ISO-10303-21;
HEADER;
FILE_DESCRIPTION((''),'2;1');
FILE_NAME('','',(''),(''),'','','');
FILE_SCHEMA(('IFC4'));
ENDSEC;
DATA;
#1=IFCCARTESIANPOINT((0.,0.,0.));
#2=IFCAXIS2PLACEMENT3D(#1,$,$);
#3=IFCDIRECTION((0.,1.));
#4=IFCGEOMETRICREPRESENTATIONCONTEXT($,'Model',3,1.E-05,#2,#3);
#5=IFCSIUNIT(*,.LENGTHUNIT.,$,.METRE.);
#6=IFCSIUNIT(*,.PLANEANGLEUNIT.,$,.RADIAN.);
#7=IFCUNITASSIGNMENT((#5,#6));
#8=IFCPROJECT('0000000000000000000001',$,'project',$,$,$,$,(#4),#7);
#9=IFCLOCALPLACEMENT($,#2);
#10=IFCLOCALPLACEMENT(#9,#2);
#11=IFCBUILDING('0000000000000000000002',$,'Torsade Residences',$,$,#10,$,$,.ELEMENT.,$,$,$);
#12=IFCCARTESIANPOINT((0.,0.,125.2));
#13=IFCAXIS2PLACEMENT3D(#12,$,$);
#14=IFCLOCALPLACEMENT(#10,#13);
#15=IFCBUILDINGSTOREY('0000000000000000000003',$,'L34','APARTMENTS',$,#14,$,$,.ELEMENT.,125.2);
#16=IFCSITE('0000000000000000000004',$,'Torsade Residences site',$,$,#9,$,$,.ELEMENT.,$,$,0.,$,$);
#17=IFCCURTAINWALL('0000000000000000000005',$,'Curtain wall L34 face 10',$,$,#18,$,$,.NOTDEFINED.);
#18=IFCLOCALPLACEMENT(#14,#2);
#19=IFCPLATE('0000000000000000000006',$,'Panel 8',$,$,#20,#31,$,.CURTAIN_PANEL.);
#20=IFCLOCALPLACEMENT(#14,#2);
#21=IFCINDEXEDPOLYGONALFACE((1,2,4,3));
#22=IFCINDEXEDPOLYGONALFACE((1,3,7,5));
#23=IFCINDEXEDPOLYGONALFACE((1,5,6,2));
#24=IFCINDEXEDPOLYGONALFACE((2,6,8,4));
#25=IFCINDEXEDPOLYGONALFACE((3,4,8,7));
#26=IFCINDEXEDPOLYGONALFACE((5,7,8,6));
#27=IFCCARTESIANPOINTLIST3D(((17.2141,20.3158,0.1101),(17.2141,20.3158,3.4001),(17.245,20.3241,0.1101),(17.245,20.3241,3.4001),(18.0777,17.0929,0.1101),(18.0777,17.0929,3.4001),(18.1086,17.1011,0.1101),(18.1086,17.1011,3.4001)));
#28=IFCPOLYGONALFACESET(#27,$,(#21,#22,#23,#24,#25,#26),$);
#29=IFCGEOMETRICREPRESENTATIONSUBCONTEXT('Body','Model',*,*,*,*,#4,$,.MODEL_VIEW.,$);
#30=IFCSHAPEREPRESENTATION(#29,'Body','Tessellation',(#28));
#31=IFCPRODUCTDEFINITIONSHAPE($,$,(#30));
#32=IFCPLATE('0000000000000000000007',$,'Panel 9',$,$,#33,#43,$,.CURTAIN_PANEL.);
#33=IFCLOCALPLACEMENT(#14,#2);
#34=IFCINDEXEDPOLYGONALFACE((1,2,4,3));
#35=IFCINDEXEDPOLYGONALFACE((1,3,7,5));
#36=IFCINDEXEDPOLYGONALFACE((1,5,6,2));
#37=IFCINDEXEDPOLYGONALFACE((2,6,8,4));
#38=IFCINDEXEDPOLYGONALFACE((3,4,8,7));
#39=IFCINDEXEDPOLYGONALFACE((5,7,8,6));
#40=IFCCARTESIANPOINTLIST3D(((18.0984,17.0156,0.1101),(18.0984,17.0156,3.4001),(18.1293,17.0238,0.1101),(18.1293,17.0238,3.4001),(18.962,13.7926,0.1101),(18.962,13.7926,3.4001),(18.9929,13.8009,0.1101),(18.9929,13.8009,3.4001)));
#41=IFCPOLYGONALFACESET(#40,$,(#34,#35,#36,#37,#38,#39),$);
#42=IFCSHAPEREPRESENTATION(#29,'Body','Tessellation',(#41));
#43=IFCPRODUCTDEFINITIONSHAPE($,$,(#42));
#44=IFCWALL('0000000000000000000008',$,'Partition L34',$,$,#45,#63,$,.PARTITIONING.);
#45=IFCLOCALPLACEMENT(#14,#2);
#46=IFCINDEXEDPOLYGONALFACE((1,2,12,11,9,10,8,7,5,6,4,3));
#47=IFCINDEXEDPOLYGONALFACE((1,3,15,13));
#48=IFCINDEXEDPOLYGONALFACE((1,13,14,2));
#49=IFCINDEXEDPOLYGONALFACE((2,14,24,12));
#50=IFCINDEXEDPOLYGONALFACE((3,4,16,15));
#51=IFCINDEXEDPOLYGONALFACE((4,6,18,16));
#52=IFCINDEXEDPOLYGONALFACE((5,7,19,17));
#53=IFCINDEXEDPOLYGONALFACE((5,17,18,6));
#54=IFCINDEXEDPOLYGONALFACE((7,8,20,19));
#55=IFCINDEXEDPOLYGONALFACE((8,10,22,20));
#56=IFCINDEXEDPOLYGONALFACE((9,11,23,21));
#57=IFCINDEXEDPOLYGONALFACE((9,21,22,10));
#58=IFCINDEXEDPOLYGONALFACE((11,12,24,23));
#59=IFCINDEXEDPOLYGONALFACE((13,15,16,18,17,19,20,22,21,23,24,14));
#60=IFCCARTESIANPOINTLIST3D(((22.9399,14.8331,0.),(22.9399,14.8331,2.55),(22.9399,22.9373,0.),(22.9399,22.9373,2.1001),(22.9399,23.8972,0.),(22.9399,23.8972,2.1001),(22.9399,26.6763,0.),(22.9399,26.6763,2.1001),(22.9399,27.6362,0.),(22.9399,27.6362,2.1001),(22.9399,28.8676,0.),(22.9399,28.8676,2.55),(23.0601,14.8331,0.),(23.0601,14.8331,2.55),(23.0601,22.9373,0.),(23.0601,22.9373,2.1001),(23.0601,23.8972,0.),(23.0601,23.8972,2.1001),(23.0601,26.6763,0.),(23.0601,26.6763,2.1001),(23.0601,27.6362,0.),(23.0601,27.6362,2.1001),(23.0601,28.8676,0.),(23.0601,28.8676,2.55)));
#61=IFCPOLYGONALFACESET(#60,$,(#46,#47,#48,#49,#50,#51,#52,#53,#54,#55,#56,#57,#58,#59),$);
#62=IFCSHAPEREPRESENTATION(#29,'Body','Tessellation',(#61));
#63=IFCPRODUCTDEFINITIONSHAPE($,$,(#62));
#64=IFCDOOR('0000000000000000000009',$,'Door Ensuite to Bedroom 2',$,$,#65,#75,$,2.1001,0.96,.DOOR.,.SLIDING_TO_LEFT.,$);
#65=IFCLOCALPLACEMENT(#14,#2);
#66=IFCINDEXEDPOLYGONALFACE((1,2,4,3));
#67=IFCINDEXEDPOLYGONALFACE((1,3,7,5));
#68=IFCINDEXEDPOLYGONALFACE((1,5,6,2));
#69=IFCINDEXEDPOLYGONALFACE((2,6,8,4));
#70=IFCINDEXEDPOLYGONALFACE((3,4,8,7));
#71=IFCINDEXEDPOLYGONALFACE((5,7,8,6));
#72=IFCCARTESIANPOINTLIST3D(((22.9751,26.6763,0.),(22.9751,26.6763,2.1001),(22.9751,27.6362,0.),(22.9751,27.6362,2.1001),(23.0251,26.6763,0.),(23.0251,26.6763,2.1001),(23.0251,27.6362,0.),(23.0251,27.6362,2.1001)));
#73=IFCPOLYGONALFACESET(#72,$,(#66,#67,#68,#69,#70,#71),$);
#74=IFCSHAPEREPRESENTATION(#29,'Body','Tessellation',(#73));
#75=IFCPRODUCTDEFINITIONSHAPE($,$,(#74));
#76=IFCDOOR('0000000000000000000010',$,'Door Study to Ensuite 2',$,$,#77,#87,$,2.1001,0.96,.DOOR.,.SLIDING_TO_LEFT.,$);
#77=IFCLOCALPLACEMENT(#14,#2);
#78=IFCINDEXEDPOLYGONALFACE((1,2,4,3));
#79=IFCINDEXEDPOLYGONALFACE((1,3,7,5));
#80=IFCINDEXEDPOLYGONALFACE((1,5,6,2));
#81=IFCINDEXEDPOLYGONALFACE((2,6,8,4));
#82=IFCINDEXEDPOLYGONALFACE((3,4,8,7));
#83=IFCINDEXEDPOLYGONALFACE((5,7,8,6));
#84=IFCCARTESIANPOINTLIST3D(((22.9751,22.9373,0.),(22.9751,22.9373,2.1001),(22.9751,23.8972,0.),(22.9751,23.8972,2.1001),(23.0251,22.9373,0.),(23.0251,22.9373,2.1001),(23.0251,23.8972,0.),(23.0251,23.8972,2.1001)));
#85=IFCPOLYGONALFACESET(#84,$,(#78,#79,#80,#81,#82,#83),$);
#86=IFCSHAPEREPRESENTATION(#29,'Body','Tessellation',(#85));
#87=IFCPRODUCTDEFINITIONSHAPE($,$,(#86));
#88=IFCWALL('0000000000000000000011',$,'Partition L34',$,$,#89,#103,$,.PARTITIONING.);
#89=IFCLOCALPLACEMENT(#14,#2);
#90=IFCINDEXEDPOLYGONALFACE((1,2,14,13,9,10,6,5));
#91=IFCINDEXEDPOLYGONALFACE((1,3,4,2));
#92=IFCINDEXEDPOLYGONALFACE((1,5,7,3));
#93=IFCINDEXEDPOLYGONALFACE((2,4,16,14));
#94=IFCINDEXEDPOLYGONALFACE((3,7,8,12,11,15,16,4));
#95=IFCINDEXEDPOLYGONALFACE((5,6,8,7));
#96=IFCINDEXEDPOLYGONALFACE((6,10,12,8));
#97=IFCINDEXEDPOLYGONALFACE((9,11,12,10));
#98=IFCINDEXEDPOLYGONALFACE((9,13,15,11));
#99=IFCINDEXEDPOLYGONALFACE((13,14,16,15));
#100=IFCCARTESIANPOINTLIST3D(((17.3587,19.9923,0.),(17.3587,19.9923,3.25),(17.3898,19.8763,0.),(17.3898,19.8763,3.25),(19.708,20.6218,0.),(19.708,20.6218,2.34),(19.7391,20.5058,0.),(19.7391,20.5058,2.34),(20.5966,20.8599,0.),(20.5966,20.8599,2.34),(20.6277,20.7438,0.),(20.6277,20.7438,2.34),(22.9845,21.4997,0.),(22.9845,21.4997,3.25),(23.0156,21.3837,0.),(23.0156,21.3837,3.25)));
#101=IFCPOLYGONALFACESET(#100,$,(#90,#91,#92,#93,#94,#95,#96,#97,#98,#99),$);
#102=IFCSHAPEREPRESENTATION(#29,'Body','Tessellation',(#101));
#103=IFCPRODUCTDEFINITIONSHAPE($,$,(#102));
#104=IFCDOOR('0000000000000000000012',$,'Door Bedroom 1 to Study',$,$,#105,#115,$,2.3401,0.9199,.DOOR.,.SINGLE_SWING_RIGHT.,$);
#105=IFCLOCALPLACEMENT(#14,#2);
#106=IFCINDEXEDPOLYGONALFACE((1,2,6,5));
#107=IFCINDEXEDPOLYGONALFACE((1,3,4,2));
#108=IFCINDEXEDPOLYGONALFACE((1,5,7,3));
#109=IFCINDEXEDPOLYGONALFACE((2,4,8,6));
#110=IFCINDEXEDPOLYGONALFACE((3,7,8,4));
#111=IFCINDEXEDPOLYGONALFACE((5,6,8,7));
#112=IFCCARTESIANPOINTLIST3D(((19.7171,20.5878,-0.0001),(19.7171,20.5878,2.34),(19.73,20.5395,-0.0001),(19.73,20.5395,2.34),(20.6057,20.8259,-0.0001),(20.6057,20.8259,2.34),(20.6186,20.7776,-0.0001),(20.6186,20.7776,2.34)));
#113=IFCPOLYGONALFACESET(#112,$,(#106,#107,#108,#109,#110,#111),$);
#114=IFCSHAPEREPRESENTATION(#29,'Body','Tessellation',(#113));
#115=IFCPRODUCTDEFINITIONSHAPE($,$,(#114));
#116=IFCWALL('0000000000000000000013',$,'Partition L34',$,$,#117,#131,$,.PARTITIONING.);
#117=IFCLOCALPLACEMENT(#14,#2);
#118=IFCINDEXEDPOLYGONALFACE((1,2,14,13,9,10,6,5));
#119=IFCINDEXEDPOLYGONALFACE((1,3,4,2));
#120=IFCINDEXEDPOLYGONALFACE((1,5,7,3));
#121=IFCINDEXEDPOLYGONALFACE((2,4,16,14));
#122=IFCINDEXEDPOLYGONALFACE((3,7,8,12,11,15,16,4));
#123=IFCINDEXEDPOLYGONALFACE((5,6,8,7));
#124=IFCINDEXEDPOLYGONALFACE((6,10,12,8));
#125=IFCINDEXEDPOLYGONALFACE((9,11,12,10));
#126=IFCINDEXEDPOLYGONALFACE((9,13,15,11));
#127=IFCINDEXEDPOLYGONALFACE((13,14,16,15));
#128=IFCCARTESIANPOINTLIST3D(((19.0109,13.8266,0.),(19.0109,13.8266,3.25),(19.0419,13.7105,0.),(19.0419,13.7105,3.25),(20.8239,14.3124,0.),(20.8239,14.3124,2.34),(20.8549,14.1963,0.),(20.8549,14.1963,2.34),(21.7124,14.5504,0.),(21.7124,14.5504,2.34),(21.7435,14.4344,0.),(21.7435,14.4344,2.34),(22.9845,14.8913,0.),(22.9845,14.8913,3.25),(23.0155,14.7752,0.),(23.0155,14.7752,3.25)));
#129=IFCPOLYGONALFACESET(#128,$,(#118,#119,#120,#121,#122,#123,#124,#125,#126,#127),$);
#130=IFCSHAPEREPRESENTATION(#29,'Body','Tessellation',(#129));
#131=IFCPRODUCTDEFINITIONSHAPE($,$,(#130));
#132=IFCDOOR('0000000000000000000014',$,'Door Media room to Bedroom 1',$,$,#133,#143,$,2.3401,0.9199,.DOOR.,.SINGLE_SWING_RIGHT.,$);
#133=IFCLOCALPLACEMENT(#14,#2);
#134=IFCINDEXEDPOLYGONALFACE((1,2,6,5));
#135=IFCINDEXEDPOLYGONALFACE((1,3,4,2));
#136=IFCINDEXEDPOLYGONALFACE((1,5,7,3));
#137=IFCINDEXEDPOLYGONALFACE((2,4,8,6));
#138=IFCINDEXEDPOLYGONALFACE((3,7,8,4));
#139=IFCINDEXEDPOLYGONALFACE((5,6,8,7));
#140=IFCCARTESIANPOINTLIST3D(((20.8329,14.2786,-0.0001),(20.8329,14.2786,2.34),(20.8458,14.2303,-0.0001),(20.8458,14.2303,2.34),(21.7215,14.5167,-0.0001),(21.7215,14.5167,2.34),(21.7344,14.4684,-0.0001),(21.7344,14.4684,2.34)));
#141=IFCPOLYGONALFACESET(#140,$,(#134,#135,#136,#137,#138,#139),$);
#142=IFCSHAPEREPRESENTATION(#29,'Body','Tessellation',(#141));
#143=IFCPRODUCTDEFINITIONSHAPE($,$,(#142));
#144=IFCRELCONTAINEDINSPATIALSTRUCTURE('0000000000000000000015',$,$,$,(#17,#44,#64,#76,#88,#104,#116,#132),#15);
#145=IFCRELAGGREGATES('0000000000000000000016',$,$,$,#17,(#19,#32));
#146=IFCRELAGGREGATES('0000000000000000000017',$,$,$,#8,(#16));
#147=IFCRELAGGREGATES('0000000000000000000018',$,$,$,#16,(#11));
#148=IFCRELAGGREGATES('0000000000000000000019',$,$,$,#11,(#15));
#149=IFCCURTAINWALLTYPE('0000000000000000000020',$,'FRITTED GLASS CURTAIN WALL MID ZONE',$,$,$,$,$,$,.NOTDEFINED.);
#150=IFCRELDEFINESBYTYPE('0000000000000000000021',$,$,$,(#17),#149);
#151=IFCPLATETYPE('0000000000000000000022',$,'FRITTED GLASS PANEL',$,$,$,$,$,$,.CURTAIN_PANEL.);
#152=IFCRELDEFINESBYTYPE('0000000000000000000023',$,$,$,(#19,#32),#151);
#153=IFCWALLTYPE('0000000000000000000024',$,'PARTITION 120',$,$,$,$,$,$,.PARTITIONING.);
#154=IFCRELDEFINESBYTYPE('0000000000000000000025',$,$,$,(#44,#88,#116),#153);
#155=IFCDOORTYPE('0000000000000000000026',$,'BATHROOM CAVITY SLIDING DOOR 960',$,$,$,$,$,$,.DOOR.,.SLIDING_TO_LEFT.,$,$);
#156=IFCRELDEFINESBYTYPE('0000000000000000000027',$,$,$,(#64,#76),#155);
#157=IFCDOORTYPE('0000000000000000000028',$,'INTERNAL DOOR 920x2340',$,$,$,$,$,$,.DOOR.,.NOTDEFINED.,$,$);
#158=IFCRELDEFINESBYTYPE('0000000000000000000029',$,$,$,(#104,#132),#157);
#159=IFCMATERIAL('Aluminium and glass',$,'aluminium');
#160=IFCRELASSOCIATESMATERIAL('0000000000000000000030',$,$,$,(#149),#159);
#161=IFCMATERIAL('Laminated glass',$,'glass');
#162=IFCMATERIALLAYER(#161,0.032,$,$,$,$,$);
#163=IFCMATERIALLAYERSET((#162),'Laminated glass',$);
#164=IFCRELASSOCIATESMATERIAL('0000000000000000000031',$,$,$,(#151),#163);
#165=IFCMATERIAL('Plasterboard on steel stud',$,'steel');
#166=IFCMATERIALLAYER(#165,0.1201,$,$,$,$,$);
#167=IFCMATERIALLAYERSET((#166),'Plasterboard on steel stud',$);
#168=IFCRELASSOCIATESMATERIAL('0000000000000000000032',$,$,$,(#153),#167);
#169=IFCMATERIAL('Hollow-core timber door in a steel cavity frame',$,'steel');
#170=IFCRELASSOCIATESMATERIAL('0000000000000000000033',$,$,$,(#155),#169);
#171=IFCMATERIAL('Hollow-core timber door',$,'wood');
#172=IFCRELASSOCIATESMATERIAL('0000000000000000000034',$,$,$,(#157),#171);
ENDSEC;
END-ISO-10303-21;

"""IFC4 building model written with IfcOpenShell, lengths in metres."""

from ifc_helpers import new_model, si_unit, direction, frame, frame_2d, origin, origin_2d, place, context, subcontext, project, spatial, rectangle, extrude, material, layer, layer_set, type_object, element, fill, aggregate, save


model = new_model("IFC4")

# Units and contexts
model_context = context("Model", 3, precision=1e-05, world=origin(), true_north=direction((0.0, 1.0)))
body_context = subcontext(model_context, "Body", "Model", "MODEL_VIEW")
ifc_project = project(units=[si_unit("LENGTHUNIT", "METRE"), si_unit("PLANEANGLEUNIT", "RADIAN")], contexts=[model_context])

# Site, building, storey
site_placement = place(None, origin())
site = spatial("IfcSite", under=ifc_project, at=site_placement, Name="Torsade Residences site", CompositionType="ELEMENT", RefElevation=0.0)
building_placement = place(site_placement, origin())
building = spatial("IfcBuilding", under=site, at=building_placement, Name="Torsade Residences", CompositionType="ELEMENT")
storey_placement = place(building_placement, frame((0.0, 0.0, 125.2)))
storey = spatial("IfcBuildingStorey", under=building, at=storey_placement, Name="L34", Description="APARTMENTS", CompositionType="ELEMENT", Elevation=125.2)

# Curtain wall
ifc_material_1 = material(Name="Aluminium and glass", Category="aluminium")
curtain_wall_type = type_object("IfcCurtainWallType", Name="FRITTED GLASS CURTAIN WALL MID ZONE", PredefinedType="NOTDEFINED", material=ifc_material_1)
curtain_wall_placement = place(storey_placement, origin())
curtain_wall = element("IfcCurtainWall", 1, at=curtain_wall_placement, inside=storey, type_object=curtain_wall_type, Name="Curtain wall L34 face 10", PredefinedType="NOTDEFINED")

# Plates
ifc_material_2 = material(Name="Laminated glass", Category="glass")
ifc_layer_1 = layer(ifc_material_2, 0.032)
ifc_layer_set_1 = layer_set([ifc_layer_1], Name="Laminated glass")
plate_type = type_object("IfcPlateType", Name="FRITTED GLASS PANEL", PredefinedType="CURTAIN_PANEL", material=ifc_layer_set_1)
plate_1_placement = place(storey_placement, frame((17.6614, 18.7085, 0.1101), z_axis=(0.0, 0.0, 1.0), x_axis=(0.258819, -0.965926, 0.0)))
plate_1 = element("IfcPlate", 2, at=plate_1_placement, type_object=plate_type, Name="Panel 8", PredefinedType="CURTAIN_PANEL", context=body_context, shape_type="SweptSolid", body=[
    extrude(rectangle(XDim=3.3367, YDim=0.032, at=origin_2d()), origin(), (0.0, 0.0, 1.0), 3.29),
])
plate_2_placement = place(storey_placement, frame((18.5457, 15.4082, 0.1101), z_axis=(0.0, 0.0, 1.0), x_axis=(0.258819, -0.965926, 0.0)))
plate_2 = element("IfcPlate", 3, at=plate_2_placement, type_object=plate_type, Name="Panel 9", PredefinedType="CURTAIN_PANEL", context=body_context, shape_type="SweptSolid", body=[
    extrude(rectangle(XDim=3.3367, YDim=0.032, at=origin_2d()), origin(), (0.0, 0.0, 1.0), 3.29),
])
aggregate(curtain_wall, [plate_1, plate_2])

# Wall, openings, doors
ifc_material_3 = material(Name="Plasterboard on steel stud", Category="steel")
ifc_layer_2 = layer(ifc_material_3, 0.1201)
ifc_layer_set_2 = layer_set([ifc_layer_2], Name="Plasterboard on steel stud")
wall_type = type_object("IfcWallType", Name="PARTITION 120", PredefinedType="PARTITIONING", material=ifc_layer_set_2)
wall_1_placement = place(storey_placement, frame((23.0, 14.8333, 0.0), z_axis=(0.0, 0.0, 1.0), x_axis=(0.0, 1.0, 0.0)))
wall_1 = element("IfcWall", 4, at=wall_1_placement, inside=storey, type_object=wall_type, Name="Partition L34", PredefinedType="PARTITIONING", context=body_context, shape_type="SweptSolid", body=[
    extrude(rectangle(XDim=14.0344, YDim=0.1201, at=frame_2d((7.0171, 0.0))), origin(), (0.0, 0.0, 1.0), 2.55),
])
opening_1_placement = place(wall_1_placement, frame((11.843, 0.0, 0.0)))
opening_1 = element("IfcOpeningElement", 5, at=opening_1_placement, cuts=wall_1, PredefinedType="OPENING", context=body_context, shape_type="SweptSolid", body=[
    extrude(rectangle(XDim=0.96, YDim=2.1001, at=frame_2d((0.48, 1.05))), frame((0.0, 0.0701, 0.0), z_axis=(0.0, -1.0, 0.0), x_axis=(1.0, 0.0, 0.0)), (0.0, 0.0, 1.0), 0.1401),
])
opening_2_placement = place(wall_1_placement, frame((8.104, 0.0, 0.0)))
opening_2 = element("IfcOpeningElement", 6, at=opening_2_placement, cuts=wall_1, PredefinedType="OPENING", context=body_context, shape_type="SweptSolid", body=[
    extrude(rectangle(XDim=0.96, YDim=2.1001, at=frame_2d((0.48, 1.05))), frame((0.0, 0.0701, 0.0), z_axis=(0.0, -1.0, 0.0), x_axis=(1.0, 0.0, 0.0)), (0.0, 0.0, 1.0), 0.1401),
])
ifc_material_4 = material(Name="Hollow-core timber door in a steel cavity frame", Category="steel")
door_type_1 = type_object("IfcDoorType", Name="BATHROOM CAVITY SLIDING DOOR 960", OperationType="SLIDING_TO_LEFT", PredefinedType="DOOR", material=ifc_material_4)
door_1_placement = place(opening_1_placement, origin())
door_1 = element("IfcDoor", 7, at=door_1_placement, inside=storey, type_object=door_type_1, Name="Door Ensuite to Bedroom 2", OperationType="SLIDING_TO_LEFT", OverallHeight=2.1001, OverallWidth=0.96, PredefinedType="DOOR", context=body_context, shape_type="SweptSolid", body=[
    extrude(rectangle(XDim=0.96, YDim=2.1001, at=frame_2d((0.48, 1.05))), frame((0.0, 0.0249, 0.0), z_axis=(0.0, -1.0, 0.0), x_axis=(1.0, 0.0, 0.0)), (0.0, 0.0, 1.0), 0.05),
])
fill(opening_1, door_1)
door_2_placement = place(opening_2_placement, origin())
door_2 = element("IfcDoor", 8, at=door_2_placement, inside=storey, type_object=door_type_1, Name="Door Study to Ensuite 2", OperationType="SLIDING_TO_LEFT", OverallHeight=2.1001, OverallWidth=0.96, PredefinedType="DOOR", context=body_context, shape_type="SweptSolid", body=[
    extrude(rectangle(XDim=0.96, YDim=2.1001, at=frame_2d((0.48, 1.05))), frame((0.0, 0.0249, 0.0), z_axis=(0.0, -1.0, 0.0), x_axis=(1.0, 0.0, 0.0)), (0.0, 0.0, 1.0), 0.05),
])
fill(opening_2, door_2)

# Walls, openings, doors
wall_2_placement = place(storey_placement, frame((17.3743, 19.9343, 0.0), z_axis=(0.0, 0.0, 1.0), x_axis=(0.96593, 0.258805, 0.0)))
wall_2 = element("IfcWall", 9, at=wall_2_placement, inside=storey, type_object=wall_type, Name="Partition L34", PredefinedType="PARTITIONING", context=body_context, shape_type="SweptSolid", body=[
    extrude(rectangle(XDim=5.8242, YDim=0.1201, at=frame_2d((2.9121, 0.0))), origin(), (0.0, 0.0, 1.0), 3.25),
])
opening_3_placement = place(wall_2_placement, frame((2.4321, 0.0, 0.0)))
opening_3 = element("IfcOpeningElement", 10, at=opening_3_placement, cuts=wall_2, PredefinedType="OPENING", context=body_context, shape_type="SweptSolid", body=[
    extrude(rectangle(XDim=0.9199, YDim=2.3401, at=frame_2d((0.46, 1.1699))), frame((0.0, 0.0701, 0.0), z_axis=(0.0, -1.0, 0.0), x_axis=(1.0, 0.0, 0.0)), (0.0, 0.0, 1.0), 0.1401),
])
ifc_material_5 = material(Name="Hollow-core timber door", Category="wood")
door_type_2 = type_object("IfcDoorType", Name="INTERNAL DOOR 920x2340", OperationType="NOTDEFINED", PredefinedType="DOOR", material=ifc_material_5)
door_3_placement = place(opening_3_placement, origin())
door_3 = element("IfcDoor", 11, at=door_3_placement, inside=storey, type_object=door_type_2, Name="Door Bedroom 1 to Study", OperationType="SINGLE_SWING_RIGHT", OverallHeight=2.3401, OverallWidth=0.9199, PredefinedType="DOOR", context=body_context, shape_type="SweptSolid", body=[
    extrude(rectangle(XDim=0.9199, YDim=2.3401, at=frame_2d((0.46, 1.1699))), frame((0.0, 0.0249, 0.0), z_axis=(0.0, -1.0, 0.0), x_axis=(1.0, 0.0, 0.0)), (0.0, 0.0, 1.0), 0.05),
])
fill(opening_3, door_3)
wall_3_placement = place(storey_placement, frame((23.0, 14.8333, 0.0), z_axis=(0.0, 0.0, 1.0), x_axis=(-0.965928, -0.258811, 0.0)))
wall_3 = element("IfcWall", 12, at=wall_3_placement, inside=storey, type_object=wall_type, Name="Partition L34", PredefinedType="PARTITIONING", context=body_context, shape_type="SweptSolid", body=[
    extrude(rectangle(XDim=4.1138, YDim=0.1201, at=frame_2d((2.0569, 0.0))), origin(), (0.0, 0.0, 1.0), 3.25),
])
opening_4_placement = place(wall_3_placement, frame((1.3169, 0.0, 0.0)))
opening_4 = element("IfcOpeningElement", 13, at=opening_4_placement, cuts=wall_3, PredefinedType="OPENING", context=body_context, shape_type="SweptSolid", body=[
    extrude(rectangle(XDim=0.9199, YDim=2.3401, at=frame_2d((0.46, 1.1699))), frame((0.0, 0.0701, 0.0), z_axis=(0.0, -1.0, 0.0), x_axis=(1.0, 0.0, 0.0)), (0.0, 0.0, 1.0), 0.1401),
])
door_4_placement = place(opening_4_placement, origin())
door_4 = element("IfcDoor", 14, at=door_4_placement, inside=storey, type_object=door_type_2, Name="Door Media room to Bedroom 1", OperationType="SINGLE_SWING_RIGHT", OverallHeight=2.3401, OverallWidth=0.9199, PredefinedType="DOOR", context=body_context, shape_type="SweptSolid", body=[
    extrude(rectangle(XDim=0.9199, YDim=2.3401, at=frame_2d((0.46, 1.1699))), frame((0.0, 0.0249, 0.0), z_axis=(0.0, -1.0, 0.0), x_axis=(1.0, 0.0, 0.0)), (0.0, 0.0, 1.0), 0.05),
])
fill(opening_4, door_4)

save(model, "model.ifc")
